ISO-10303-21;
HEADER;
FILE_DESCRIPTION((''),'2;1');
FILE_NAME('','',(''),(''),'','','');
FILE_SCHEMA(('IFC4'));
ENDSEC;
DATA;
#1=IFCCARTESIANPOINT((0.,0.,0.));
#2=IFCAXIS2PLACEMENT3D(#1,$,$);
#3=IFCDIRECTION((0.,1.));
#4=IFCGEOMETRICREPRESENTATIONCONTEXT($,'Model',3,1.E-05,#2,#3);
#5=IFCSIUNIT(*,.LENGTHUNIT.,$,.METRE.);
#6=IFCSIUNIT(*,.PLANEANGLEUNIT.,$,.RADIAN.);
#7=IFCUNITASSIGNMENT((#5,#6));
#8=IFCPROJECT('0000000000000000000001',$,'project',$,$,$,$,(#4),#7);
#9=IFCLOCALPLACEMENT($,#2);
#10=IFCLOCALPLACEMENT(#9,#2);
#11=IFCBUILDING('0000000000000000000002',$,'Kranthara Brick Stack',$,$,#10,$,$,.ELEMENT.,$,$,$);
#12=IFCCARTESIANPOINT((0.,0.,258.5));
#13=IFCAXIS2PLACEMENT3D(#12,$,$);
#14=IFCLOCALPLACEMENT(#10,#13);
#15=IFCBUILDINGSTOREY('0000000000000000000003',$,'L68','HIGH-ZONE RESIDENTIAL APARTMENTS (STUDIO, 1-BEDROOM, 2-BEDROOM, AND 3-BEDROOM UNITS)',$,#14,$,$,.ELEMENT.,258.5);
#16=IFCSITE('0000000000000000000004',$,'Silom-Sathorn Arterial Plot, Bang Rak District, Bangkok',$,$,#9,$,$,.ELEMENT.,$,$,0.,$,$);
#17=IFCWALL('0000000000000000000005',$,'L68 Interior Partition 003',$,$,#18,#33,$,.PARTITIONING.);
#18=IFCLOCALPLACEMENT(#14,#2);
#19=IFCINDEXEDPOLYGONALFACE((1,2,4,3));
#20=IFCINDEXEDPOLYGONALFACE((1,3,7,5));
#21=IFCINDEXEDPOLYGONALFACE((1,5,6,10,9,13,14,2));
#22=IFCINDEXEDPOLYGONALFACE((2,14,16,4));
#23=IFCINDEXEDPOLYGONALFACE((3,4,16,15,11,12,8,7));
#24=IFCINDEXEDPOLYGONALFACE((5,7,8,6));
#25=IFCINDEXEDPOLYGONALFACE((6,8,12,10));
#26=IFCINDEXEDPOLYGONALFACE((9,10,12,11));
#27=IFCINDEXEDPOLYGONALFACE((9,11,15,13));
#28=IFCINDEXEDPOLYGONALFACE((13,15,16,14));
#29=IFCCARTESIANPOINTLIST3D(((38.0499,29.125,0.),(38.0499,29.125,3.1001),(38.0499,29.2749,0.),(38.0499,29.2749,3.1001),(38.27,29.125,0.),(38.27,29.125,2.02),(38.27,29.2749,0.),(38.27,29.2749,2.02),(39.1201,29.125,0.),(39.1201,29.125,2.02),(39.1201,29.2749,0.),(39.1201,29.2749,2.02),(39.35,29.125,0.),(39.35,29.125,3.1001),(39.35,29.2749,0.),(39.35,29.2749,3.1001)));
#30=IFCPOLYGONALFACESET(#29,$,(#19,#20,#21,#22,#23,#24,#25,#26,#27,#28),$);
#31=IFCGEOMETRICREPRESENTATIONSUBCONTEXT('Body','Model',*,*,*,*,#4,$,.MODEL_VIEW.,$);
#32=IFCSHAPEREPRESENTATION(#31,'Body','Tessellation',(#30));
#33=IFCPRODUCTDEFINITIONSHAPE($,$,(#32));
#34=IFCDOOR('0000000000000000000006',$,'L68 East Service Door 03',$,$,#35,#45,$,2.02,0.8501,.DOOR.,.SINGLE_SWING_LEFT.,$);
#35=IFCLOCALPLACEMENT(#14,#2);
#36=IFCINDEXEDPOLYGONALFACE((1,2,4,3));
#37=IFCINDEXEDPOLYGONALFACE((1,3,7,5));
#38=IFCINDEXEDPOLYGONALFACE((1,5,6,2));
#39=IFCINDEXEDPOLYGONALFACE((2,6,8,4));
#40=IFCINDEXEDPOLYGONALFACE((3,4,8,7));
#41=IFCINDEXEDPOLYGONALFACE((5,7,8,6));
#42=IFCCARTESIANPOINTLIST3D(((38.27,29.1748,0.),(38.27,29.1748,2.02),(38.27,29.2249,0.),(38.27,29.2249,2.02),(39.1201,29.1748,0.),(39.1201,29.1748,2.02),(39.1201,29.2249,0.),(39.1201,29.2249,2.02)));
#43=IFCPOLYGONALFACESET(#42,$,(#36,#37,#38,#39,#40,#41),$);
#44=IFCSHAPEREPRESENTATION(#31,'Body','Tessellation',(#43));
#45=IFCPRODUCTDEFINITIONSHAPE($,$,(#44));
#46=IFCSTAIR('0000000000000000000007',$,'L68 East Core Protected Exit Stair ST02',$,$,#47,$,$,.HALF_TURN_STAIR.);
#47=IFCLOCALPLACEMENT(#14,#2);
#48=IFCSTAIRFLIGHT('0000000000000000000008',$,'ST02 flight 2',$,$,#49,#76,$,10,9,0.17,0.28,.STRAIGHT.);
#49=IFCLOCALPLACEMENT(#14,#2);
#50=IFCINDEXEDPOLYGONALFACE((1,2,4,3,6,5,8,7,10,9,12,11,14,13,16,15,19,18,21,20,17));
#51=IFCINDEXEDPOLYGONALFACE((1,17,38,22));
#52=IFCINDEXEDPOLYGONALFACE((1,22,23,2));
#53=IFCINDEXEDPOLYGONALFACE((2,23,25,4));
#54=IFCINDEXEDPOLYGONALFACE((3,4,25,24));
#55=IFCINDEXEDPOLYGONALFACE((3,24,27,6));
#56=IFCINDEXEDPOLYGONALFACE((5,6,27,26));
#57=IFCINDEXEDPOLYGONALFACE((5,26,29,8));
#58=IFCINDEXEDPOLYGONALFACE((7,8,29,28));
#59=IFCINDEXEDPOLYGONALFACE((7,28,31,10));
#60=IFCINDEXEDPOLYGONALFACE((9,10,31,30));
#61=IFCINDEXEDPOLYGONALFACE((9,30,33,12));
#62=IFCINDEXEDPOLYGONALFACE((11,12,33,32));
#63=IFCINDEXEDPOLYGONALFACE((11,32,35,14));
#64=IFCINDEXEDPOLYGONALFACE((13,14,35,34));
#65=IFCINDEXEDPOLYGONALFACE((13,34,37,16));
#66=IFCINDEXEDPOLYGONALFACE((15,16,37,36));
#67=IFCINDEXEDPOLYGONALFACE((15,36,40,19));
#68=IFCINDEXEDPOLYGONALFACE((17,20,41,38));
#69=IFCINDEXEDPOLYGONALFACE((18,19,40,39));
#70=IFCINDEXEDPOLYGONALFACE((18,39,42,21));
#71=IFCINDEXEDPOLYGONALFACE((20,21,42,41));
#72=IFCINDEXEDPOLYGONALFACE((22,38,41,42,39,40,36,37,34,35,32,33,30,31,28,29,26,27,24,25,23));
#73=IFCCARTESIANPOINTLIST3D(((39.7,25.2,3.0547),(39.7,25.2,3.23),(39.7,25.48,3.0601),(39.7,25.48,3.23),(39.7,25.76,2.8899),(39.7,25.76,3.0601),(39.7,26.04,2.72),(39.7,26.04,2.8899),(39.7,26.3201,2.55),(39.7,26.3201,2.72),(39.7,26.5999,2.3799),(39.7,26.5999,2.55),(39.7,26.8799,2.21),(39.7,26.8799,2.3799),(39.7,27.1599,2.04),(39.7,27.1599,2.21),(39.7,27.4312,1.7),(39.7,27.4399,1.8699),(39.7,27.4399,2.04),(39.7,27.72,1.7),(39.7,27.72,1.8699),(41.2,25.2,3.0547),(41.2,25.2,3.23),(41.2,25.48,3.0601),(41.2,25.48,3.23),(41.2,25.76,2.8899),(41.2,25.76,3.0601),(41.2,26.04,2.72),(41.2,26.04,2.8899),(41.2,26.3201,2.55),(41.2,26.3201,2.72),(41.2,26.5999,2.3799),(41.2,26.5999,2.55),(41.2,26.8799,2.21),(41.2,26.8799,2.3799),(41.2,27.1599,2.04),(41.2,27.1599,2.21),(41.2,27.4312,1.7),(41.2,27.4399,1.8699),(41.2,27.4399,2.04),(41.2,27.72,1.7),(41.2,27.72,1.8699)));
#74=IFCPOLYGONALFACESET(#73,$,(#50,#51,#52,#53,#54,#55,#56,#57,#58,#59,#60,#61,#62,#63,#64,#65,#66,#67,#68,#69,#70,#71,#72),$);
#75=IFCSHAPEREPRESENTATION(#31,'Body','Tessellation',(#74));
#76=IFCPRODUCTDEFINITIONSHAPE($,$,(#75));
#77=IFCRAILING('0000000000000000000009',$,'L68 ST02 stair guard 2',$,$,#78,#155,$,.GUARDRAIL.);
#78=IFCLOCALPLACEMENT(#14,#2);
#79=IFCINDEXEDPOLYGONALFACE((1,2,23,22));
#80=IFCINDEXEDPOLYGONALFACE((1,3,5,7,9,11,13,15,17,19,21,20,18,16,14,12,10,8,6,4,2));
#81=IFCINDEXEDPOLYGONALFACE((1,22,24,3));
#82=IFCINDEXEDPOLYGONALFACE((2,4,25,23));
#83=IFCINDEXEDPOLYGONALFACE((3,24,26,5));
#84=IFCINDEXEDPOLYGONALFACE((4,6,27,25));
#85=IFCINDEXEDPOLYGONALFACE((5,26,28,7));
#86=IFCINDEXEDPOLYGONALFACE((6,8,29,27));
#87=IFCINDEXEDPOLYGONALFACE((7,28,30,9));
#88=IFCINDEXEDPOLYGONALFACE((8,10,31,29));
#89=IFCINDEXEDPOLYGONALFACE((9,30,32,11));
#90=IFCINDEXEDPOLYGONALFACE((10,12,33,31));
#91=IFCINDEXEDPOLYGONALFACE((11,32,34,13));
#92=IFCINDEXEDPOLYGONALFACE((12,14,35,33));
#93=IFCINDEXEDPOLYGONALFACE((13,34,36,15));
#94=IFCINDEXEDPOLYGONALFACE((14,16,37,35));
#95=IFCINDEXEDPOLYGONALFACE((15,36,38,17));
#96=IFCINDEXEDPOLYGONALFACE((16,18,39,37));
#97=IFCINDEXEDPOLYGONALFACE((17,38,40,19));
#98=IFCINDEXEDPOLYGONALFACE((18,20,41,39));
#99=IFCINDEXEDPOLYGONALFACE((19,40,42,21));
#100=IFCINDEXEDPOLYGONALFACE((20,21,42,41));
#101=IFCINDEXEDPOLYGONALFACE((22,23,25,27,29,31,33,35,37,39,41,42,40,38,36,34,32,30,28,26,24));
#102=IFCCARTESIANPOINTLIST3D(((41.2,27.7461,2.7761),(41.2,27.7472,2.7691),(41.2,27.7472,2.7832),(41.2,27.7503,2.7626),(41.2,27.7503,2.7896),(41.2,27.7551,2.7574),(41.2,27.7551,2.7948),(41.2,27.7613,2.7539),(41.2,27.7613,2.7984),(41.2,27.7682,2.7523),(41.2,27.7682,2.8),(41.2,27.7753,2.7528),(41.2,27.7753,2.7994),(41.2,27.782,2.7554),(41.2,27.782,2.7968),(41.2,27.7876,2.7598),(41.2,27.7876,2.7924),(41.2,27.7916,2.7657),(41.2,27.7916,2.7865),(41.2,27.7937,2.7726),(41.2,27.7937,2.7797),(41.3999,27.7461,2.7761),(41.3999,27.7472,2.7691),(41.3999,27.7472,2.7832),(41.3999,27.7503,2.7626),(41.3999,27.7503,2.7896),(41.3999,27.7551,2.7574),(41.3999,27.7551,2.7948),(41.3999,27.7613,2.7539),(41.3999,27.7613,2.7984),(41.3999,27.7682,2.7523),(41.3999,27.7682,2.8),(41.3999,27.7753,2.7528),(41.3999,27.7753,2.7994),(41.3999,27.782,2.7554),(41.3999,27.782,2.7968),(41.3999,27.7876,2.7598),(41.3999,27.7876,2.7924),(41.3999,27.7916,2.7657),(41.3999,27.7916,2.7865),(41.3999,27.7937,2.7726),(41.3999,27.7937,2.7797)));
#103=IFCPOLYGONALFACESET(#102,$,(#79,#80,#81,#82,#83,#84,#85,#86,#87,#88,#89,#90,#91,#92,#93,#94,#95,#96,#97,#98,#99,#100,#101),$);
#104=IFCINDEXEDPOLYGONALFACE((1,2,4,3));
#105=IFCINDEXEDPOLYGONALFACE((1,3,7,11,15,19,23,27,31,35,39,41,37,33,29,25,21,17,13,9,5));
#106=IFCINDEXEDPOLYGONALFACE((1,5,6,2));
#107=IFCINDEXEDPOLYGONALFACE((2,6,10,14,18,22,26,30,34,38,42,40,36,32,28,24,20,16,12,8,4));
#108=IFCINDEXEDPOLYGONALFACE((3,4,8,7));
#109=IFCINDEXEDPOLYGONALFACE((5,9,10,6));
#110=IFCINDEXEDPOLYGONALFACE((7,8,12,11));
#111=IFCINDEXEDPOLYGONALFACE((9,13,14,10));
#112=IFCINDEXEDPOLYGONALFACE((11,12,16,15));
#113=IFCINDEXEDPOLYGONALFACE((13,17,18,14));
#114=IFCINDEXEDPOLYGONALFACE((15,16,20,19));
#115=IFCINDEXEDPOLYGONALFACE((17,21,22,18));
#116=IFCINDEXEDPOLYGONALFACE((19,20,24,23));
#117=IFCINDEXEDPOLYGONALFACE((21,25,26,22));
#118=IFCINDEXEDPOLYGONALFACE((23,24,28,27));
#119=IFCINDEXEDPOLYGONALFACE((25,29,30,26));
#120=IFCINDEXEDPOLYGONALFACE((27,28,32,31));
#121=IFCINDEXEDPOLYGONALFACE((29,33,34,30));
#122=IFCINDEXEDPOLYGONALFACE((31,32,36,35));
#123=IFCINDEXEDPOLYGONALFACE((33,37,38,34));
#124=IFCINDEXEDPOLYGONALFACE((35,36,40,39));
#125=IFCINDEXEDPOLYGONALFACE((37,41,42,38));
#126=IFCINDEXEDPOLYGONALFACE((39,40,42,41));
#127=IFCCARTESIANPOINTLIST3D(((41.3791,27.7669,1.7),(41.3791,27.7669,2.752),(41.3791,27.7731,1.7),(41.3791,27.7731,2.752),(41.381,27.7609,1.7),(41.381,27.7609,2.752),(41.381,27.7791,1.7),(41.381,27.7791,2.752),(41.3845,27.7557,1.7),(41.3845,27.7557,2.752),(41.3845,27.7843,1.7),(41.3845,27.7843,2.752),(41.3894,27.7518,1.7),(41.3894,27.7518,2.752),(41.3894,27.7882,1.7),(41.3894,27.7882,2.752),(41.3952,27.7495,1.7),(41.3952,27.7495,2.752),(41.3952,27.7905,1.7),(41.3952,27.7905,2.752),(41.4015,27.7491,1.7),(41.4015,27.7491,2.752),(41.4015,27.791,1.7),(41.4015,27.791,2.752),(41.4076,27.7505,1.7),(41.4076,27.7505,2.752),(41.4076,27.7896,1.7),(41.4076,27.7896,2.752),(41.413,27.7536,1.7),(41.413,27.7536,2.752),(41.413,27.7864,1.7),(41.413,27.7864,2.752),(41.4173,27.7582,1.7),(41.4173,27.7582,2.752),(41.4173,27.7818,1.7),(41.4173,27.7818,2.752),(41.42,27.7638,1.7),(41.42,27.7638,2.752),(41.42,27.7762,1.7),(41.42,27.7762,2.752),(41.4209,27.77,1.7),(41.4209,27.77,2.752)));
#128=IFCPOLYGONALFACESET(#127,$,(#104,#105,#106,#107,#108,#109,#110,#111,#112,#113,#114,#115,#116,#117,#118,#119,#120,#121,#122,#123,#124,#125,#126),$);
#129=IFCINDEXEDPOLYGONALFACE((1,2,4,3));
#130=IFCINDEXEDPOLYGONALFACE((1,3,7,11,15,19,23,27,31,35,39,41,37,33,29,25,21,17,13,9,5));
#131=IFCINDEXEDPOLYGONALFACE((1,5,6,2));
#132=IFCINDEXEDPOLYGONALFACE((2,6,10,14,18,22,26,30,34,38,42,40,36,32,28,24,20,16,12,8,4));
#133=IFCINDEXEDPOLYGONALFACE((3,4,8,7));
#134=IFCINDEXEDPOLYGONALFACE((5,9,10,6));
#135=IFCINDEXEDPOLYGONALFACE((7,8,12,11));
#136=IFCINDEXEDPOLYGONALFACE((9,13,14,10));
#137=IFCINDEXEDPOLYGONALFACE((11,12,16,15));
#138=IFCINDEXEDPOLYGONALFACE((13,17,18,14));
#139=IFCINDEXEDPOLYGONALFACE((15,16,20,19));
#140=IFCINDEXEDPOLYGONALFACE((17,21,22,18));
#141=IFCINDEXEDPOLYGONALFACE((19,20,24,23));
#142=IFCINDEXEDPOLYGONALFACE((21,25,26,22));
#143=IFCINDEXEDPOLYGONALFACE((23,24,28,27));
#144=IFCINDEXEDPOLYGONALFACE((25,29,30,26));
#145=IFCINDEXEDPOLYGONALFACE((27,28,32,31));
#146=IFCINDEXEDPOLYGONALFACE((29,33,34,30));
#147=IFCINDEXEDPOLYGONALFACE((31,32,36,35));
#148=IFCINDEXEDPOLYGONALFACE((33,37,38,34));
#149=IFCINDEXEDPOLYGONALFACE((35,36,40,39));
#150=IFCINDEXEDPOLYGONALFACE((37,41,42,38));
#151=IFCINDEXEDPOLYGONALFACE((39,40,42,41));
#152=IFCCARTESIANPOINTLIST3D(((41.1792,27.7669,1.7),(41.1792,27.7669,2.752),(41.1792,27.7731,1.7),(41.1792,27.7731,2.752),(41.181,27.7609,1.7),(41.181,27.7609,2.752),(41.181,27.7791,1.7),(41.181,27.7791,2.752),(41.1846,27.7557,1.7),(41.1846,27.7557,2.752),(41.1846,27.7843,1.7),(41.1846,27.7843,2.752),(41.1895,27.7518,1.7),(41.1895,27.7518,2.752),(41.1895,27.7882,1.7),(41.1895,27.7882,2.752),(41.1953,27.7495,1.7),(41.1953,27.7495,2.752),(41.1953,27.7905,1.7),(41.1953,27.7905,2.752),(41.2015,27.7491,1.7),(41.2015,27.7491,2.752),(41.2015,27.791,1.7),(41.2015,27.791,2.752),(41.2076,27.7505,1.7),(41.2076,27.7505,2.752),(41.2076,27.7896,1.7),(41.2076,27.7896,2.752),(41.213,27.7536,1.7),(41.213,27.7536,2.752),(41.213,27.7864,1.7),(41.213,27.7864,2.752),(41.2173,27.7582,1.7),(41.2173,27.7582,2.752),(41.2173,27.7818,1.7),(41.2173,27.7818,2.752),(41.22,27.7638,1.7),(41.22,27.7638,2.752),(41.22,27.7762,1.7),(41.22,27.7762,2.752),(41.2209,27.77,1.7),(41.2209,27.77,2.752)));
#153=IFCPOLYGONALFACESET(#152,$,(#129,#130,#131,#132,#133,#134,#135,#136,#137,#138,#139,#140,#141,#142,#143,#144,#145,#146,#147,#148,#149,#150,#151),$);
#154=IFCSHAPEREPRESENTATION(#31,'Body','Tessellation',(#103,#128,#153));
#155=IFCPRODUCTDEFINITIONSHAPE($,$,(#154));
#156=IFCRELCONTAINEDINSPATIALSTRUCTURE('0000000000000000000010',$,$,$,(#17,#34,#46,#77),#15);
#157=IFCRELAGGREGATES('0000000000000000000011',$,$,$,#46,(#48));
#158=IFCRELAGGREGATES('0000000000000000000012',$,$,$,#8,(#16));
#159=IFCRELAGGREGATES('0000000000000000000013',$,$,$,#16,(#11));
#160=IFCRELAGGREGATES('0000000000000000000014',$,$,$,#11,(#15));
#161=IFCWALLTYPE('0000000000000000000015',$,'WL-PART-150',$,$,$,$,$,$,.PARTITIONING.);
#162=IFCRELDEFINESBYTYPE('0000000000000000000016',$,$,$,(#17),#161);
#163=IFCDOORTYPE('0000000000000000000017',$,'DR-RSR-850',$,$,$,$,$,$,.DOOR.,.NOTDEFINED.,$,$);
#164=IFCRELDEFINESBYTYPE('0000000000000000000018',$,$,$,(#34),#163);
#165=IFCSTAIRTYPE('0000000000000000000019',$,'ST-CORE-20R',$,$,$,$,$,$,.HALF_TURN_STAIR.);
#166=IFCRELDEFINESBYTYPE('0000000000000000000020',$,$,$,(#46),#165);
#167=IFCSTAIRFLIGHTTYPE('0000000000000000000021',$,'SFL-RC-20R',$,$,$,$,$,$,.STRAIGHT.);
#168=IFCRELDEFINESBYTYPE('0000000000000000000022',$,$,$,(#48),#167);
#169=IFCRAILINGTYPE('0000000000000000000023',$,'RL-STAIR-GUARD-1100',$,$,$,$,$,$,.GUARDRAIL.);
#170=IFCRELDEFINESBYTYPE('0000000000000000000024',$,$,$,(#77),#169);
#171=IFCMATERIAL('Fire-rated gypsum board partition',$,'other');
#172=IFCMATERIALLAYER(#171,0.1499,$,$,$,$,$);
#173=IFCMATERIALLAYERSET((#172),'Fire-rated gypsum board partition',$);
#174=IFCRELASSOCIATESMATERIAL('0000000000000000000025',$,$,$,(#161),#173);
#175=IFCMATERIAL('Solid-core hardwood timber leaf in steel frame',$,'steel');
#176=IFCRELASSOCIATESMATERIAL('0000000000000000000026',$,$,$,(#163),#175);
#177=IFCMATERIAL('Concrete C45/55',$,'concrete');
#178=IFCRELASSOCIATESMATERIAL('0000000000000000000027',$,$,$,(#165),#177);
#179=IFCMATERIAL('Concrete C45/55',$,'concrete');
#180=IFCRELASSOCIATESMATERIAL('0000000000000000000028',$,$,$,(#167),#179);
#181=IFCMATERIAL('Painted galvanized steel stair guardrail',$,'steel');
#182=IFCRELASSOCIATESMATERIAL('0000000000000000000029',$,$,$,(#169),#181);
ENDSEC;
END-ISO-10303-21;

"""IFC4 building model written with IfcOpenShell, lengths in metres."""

from ifc_helpers import new_model, si_unit, direction, frame, frame_2d, origin, origin_2d, place, context, subcontext, project, spatial, polyline, rectangle, circle, outline, extrude, material, layer, layer_set, type_object, element, fill, aggregate, save


model = new_model("IFC4")

# Units and contexts
model_context = context("Model", 3, precision=1e-05, world=origin(), true_north=direction((0.0, 1.0)))
body_context = subcontext(model_context, "Body", "Model", "MODEL_VIEW")
ifc_project = project(units=[si_unit("LENGTHUNIT", "METRE"), si_unit("PLANEANGLEUNIT", "RADIAN")], contexts=[model_context])

# Site, building, storey
site_placement = place(None, origin())
site = spatial("IfcSite", under=ifc_project, at=site_placement, Name="Silom-Sathorn Arterial Plot, Bang Rak District, Bangkok", CompositionType="ELEMENT", RefElevation=0.0)
building_placement = place(site_placement, origin())
building = spatial("IfcBuilding", under=site, at=building_placement, Name="Kranthara Brick Stack", CompositionType="ELEMENT")
storey_placement = place(building_placement, frame((0.0, 0.0, 258.5)))
storey = spatial("IfcBuildingStorey", under=building, at=storey_placement, Name="L68", Description="HIGH-ZONE RESIDENTIAL APARTMENTS (STUDIO, 1-BEDROOM, 2-BEDROOM, AND 3-BEDROOM UNITS)", CompositionType="ELEMENT", Elevation=258.5)

# Wall, opening, door
ifc_material_1 = material(Name="Fire-rated gypsum board partition", Category="other")
ifc_layer_1 = layer(ifc_material_1, 0.1499)
ifc_layer_set_1 = layer_set([ifc_layer_1], Name="Fire-rated gypsum board partition")
wall_type_1 = type_object("IfcWallType", Name="WL-PART-150", PredefinedType="PARTITIONING", material=ifc_layer_set_1)
wall_1_placement = place(storey_placement, frame((38.05, 29.2, 0.0), z_axis=(0.0, 0.0, 1.0), x_axis=(1.0, 0.0, 0.0)))
wall_1 = element("IfcWall", 1, at=wall_1_placement, inside=storey, type_object=wall_type_1, Name="L68 Interior Partition 003", PredefinedType="PARTITIONING", context=body_context, shape_type="SweptSolid", body=[
    extrude(rectangle(XDim=1.3, YDim=0.1499, at=frame_2d((0.6499, 0.0))), origin(), (0.0, 0.0, 1.0), 3.1001),
])
opening_placement = place(wall_1_placement, frame((0.22, 0.0, 0.0)))
opening = element("IfcOpeningElement", 2, at=opening_placement, cuts=wall_1, PredefinedType="OPENING", context=body_context, shape_type="SweptSolid", body=[
    extrude(rectangle(XDim=0.8501, YDim=2.02, at=frame_2d((0.425, 1.01))), frame((0.0, 0.085, 0.0), z_axis=(0.0, -1.0, 0.0), x_axis=(1.0, 0.0, 0.0)), (0.0, 0.0, 1.0), 0.1699),
])
ifc_material_2 = material(Name="Solid-core hardwood timber leaf in steel frame", Category="steel")
door_type = type_object("IfcDoorType", Name="DR-RSR-850", OperationType="NOTDEFINED", PredefinedType="DOOR", material=ifc_material_2)
door_placement = place(opening_placement, origin())
door = element("IfcDoor", 3, at=door_placement, inside=storey, type_object=door_type, Name="L68 East Service Door 03", OperationType="SINGLE_SWING_LEFT", OverallHeight=2.02, OverallWidth=0.8501, PredefinedType="DOOR", context=body_context, shape_type="SweptSolid", body=[
    extrude(rectangle(XDim=0.8501, YDim=2.02, at=frame_2d((0.425, 1.01))), frame((0.0, 0.0249, 0.0), z_axis=(0.0, -1.0, 0.0), x_axis=(1.0, 0.0, 0.0)), (0.0, 0.0, 1.0), 0.05),
])
fill(opening, door)

# Stair, stair flight
ifc_material_3 = material(Name="Concrete C45/55", Category="concrete")
stair_type = type_object("IfcStairType", Name="ST-CORE-20R", PredefinedType="HALF_TURN_STAIR", material=ifc_material_3)
stair_placement = place(storey_placement, origin())
stair = element("IfcStair", 4, at=stair_placement, inside=storey, type_object=stair_type, Name="L68 East Core Protected Exit Stair ST02", PredefinedType="HALF_TURN_STAIR")
ifc_material_4 = material(Name="Concrete C45/55", Category="concrete")
stair_flight_type = type_object("IfcStairFlightType", Name="SFL-RC-20R", PredefinedType="STRAIGHT", material=ifc_material_4)
stair_flight_placement = place(storey_placement, frame((40.45, 27.72, 1.7), z_axis=(0.0, 0.0, 1.0), x_axis=(0.0, -1.0, 0.0)))
stair_flight = element("IfcStairFlight", 5, at=stair_flight_placement, type_object=stair_flight_type, Name="ST02 flight 2", NumberOfRisers=10, NumberOfTreads=9, PredefinedType="STRAIGHT", RiserHeight=0.17, TreadLength=0.28, context=body_context, shape_type="SweptSolid", body=[
    extrude(outline(polyline([(0.0, 0.0), (0.0, 0.1699), (0.28, 0.1699), (0.28, 0.3401), (0.5601, 0.3401), (0.5601, 0.51), (0.8401, 0.51), (0.8401, 0.6799), (1.1201, 0.6799), (1.1201, 0.8501), (1.3999, 0.8501), (1.3999, 1.02), (1.6799, 1.02), (1.6799, 1.1899), (1.96, 1.1899), (1.96, 1.3601), (2.24, 1.3601), (2.24, 1.53), (2.52, 1.53), (2.52, 1.7), (2.52, 1.3547), (0.2888, 0.0), (0.0, 0.0)])), frame((0.0, 0.75, 0.0), z_axis=(0.0, -1.0, 0.0), x_axis=(1.0, 0.0, 0.0)), (0.0, 0.0, 1.0), 1.5),
])
aggregate(stair, [stair_flight])

# Railing
ifc_material_5 = material(Name="Painted galvanized steel stair guardrail", Category="steel")
railing_type_1 = type_object("IfcRailingType", Name="RL-STAIR-GUARD-1100", PredefinedType="GUARDRAIL", material=ifc_material_5)
railing_1_placement = place(storey_placement, frame((41.3999, 27.77, 1.7)))
element("IfcRailing", 6, at=railing_1_placement, inside=storey, type_object=railing_type_1, Name="L68 ST02 stair guard 2", PredefinedType="GUARDRAIL", context=body_context, shape_type="SweptSolid", body=[
    extrude(circle(Radius=0.0239, at=origin_2d()), frame((0.0, 0.0, 1.0762), z_axis=(-1.0, 0.0, 0.0), x_axis=(0.0, -1.0, 0.0)), (0.0, 0.0, 1.0), 0.2),
    extrude(circle(Radius=0.021, at=origin_2d()), origin(), (0.0, 0.0, 1.0), 1.052),
    extrude(circle(Radius=0.021, at=origin_2d()), frame((-0.2, 0.0, 0.0)), (0.0, 0.0, 1.0), 1.052),
])

save(model, "model.ifc")
